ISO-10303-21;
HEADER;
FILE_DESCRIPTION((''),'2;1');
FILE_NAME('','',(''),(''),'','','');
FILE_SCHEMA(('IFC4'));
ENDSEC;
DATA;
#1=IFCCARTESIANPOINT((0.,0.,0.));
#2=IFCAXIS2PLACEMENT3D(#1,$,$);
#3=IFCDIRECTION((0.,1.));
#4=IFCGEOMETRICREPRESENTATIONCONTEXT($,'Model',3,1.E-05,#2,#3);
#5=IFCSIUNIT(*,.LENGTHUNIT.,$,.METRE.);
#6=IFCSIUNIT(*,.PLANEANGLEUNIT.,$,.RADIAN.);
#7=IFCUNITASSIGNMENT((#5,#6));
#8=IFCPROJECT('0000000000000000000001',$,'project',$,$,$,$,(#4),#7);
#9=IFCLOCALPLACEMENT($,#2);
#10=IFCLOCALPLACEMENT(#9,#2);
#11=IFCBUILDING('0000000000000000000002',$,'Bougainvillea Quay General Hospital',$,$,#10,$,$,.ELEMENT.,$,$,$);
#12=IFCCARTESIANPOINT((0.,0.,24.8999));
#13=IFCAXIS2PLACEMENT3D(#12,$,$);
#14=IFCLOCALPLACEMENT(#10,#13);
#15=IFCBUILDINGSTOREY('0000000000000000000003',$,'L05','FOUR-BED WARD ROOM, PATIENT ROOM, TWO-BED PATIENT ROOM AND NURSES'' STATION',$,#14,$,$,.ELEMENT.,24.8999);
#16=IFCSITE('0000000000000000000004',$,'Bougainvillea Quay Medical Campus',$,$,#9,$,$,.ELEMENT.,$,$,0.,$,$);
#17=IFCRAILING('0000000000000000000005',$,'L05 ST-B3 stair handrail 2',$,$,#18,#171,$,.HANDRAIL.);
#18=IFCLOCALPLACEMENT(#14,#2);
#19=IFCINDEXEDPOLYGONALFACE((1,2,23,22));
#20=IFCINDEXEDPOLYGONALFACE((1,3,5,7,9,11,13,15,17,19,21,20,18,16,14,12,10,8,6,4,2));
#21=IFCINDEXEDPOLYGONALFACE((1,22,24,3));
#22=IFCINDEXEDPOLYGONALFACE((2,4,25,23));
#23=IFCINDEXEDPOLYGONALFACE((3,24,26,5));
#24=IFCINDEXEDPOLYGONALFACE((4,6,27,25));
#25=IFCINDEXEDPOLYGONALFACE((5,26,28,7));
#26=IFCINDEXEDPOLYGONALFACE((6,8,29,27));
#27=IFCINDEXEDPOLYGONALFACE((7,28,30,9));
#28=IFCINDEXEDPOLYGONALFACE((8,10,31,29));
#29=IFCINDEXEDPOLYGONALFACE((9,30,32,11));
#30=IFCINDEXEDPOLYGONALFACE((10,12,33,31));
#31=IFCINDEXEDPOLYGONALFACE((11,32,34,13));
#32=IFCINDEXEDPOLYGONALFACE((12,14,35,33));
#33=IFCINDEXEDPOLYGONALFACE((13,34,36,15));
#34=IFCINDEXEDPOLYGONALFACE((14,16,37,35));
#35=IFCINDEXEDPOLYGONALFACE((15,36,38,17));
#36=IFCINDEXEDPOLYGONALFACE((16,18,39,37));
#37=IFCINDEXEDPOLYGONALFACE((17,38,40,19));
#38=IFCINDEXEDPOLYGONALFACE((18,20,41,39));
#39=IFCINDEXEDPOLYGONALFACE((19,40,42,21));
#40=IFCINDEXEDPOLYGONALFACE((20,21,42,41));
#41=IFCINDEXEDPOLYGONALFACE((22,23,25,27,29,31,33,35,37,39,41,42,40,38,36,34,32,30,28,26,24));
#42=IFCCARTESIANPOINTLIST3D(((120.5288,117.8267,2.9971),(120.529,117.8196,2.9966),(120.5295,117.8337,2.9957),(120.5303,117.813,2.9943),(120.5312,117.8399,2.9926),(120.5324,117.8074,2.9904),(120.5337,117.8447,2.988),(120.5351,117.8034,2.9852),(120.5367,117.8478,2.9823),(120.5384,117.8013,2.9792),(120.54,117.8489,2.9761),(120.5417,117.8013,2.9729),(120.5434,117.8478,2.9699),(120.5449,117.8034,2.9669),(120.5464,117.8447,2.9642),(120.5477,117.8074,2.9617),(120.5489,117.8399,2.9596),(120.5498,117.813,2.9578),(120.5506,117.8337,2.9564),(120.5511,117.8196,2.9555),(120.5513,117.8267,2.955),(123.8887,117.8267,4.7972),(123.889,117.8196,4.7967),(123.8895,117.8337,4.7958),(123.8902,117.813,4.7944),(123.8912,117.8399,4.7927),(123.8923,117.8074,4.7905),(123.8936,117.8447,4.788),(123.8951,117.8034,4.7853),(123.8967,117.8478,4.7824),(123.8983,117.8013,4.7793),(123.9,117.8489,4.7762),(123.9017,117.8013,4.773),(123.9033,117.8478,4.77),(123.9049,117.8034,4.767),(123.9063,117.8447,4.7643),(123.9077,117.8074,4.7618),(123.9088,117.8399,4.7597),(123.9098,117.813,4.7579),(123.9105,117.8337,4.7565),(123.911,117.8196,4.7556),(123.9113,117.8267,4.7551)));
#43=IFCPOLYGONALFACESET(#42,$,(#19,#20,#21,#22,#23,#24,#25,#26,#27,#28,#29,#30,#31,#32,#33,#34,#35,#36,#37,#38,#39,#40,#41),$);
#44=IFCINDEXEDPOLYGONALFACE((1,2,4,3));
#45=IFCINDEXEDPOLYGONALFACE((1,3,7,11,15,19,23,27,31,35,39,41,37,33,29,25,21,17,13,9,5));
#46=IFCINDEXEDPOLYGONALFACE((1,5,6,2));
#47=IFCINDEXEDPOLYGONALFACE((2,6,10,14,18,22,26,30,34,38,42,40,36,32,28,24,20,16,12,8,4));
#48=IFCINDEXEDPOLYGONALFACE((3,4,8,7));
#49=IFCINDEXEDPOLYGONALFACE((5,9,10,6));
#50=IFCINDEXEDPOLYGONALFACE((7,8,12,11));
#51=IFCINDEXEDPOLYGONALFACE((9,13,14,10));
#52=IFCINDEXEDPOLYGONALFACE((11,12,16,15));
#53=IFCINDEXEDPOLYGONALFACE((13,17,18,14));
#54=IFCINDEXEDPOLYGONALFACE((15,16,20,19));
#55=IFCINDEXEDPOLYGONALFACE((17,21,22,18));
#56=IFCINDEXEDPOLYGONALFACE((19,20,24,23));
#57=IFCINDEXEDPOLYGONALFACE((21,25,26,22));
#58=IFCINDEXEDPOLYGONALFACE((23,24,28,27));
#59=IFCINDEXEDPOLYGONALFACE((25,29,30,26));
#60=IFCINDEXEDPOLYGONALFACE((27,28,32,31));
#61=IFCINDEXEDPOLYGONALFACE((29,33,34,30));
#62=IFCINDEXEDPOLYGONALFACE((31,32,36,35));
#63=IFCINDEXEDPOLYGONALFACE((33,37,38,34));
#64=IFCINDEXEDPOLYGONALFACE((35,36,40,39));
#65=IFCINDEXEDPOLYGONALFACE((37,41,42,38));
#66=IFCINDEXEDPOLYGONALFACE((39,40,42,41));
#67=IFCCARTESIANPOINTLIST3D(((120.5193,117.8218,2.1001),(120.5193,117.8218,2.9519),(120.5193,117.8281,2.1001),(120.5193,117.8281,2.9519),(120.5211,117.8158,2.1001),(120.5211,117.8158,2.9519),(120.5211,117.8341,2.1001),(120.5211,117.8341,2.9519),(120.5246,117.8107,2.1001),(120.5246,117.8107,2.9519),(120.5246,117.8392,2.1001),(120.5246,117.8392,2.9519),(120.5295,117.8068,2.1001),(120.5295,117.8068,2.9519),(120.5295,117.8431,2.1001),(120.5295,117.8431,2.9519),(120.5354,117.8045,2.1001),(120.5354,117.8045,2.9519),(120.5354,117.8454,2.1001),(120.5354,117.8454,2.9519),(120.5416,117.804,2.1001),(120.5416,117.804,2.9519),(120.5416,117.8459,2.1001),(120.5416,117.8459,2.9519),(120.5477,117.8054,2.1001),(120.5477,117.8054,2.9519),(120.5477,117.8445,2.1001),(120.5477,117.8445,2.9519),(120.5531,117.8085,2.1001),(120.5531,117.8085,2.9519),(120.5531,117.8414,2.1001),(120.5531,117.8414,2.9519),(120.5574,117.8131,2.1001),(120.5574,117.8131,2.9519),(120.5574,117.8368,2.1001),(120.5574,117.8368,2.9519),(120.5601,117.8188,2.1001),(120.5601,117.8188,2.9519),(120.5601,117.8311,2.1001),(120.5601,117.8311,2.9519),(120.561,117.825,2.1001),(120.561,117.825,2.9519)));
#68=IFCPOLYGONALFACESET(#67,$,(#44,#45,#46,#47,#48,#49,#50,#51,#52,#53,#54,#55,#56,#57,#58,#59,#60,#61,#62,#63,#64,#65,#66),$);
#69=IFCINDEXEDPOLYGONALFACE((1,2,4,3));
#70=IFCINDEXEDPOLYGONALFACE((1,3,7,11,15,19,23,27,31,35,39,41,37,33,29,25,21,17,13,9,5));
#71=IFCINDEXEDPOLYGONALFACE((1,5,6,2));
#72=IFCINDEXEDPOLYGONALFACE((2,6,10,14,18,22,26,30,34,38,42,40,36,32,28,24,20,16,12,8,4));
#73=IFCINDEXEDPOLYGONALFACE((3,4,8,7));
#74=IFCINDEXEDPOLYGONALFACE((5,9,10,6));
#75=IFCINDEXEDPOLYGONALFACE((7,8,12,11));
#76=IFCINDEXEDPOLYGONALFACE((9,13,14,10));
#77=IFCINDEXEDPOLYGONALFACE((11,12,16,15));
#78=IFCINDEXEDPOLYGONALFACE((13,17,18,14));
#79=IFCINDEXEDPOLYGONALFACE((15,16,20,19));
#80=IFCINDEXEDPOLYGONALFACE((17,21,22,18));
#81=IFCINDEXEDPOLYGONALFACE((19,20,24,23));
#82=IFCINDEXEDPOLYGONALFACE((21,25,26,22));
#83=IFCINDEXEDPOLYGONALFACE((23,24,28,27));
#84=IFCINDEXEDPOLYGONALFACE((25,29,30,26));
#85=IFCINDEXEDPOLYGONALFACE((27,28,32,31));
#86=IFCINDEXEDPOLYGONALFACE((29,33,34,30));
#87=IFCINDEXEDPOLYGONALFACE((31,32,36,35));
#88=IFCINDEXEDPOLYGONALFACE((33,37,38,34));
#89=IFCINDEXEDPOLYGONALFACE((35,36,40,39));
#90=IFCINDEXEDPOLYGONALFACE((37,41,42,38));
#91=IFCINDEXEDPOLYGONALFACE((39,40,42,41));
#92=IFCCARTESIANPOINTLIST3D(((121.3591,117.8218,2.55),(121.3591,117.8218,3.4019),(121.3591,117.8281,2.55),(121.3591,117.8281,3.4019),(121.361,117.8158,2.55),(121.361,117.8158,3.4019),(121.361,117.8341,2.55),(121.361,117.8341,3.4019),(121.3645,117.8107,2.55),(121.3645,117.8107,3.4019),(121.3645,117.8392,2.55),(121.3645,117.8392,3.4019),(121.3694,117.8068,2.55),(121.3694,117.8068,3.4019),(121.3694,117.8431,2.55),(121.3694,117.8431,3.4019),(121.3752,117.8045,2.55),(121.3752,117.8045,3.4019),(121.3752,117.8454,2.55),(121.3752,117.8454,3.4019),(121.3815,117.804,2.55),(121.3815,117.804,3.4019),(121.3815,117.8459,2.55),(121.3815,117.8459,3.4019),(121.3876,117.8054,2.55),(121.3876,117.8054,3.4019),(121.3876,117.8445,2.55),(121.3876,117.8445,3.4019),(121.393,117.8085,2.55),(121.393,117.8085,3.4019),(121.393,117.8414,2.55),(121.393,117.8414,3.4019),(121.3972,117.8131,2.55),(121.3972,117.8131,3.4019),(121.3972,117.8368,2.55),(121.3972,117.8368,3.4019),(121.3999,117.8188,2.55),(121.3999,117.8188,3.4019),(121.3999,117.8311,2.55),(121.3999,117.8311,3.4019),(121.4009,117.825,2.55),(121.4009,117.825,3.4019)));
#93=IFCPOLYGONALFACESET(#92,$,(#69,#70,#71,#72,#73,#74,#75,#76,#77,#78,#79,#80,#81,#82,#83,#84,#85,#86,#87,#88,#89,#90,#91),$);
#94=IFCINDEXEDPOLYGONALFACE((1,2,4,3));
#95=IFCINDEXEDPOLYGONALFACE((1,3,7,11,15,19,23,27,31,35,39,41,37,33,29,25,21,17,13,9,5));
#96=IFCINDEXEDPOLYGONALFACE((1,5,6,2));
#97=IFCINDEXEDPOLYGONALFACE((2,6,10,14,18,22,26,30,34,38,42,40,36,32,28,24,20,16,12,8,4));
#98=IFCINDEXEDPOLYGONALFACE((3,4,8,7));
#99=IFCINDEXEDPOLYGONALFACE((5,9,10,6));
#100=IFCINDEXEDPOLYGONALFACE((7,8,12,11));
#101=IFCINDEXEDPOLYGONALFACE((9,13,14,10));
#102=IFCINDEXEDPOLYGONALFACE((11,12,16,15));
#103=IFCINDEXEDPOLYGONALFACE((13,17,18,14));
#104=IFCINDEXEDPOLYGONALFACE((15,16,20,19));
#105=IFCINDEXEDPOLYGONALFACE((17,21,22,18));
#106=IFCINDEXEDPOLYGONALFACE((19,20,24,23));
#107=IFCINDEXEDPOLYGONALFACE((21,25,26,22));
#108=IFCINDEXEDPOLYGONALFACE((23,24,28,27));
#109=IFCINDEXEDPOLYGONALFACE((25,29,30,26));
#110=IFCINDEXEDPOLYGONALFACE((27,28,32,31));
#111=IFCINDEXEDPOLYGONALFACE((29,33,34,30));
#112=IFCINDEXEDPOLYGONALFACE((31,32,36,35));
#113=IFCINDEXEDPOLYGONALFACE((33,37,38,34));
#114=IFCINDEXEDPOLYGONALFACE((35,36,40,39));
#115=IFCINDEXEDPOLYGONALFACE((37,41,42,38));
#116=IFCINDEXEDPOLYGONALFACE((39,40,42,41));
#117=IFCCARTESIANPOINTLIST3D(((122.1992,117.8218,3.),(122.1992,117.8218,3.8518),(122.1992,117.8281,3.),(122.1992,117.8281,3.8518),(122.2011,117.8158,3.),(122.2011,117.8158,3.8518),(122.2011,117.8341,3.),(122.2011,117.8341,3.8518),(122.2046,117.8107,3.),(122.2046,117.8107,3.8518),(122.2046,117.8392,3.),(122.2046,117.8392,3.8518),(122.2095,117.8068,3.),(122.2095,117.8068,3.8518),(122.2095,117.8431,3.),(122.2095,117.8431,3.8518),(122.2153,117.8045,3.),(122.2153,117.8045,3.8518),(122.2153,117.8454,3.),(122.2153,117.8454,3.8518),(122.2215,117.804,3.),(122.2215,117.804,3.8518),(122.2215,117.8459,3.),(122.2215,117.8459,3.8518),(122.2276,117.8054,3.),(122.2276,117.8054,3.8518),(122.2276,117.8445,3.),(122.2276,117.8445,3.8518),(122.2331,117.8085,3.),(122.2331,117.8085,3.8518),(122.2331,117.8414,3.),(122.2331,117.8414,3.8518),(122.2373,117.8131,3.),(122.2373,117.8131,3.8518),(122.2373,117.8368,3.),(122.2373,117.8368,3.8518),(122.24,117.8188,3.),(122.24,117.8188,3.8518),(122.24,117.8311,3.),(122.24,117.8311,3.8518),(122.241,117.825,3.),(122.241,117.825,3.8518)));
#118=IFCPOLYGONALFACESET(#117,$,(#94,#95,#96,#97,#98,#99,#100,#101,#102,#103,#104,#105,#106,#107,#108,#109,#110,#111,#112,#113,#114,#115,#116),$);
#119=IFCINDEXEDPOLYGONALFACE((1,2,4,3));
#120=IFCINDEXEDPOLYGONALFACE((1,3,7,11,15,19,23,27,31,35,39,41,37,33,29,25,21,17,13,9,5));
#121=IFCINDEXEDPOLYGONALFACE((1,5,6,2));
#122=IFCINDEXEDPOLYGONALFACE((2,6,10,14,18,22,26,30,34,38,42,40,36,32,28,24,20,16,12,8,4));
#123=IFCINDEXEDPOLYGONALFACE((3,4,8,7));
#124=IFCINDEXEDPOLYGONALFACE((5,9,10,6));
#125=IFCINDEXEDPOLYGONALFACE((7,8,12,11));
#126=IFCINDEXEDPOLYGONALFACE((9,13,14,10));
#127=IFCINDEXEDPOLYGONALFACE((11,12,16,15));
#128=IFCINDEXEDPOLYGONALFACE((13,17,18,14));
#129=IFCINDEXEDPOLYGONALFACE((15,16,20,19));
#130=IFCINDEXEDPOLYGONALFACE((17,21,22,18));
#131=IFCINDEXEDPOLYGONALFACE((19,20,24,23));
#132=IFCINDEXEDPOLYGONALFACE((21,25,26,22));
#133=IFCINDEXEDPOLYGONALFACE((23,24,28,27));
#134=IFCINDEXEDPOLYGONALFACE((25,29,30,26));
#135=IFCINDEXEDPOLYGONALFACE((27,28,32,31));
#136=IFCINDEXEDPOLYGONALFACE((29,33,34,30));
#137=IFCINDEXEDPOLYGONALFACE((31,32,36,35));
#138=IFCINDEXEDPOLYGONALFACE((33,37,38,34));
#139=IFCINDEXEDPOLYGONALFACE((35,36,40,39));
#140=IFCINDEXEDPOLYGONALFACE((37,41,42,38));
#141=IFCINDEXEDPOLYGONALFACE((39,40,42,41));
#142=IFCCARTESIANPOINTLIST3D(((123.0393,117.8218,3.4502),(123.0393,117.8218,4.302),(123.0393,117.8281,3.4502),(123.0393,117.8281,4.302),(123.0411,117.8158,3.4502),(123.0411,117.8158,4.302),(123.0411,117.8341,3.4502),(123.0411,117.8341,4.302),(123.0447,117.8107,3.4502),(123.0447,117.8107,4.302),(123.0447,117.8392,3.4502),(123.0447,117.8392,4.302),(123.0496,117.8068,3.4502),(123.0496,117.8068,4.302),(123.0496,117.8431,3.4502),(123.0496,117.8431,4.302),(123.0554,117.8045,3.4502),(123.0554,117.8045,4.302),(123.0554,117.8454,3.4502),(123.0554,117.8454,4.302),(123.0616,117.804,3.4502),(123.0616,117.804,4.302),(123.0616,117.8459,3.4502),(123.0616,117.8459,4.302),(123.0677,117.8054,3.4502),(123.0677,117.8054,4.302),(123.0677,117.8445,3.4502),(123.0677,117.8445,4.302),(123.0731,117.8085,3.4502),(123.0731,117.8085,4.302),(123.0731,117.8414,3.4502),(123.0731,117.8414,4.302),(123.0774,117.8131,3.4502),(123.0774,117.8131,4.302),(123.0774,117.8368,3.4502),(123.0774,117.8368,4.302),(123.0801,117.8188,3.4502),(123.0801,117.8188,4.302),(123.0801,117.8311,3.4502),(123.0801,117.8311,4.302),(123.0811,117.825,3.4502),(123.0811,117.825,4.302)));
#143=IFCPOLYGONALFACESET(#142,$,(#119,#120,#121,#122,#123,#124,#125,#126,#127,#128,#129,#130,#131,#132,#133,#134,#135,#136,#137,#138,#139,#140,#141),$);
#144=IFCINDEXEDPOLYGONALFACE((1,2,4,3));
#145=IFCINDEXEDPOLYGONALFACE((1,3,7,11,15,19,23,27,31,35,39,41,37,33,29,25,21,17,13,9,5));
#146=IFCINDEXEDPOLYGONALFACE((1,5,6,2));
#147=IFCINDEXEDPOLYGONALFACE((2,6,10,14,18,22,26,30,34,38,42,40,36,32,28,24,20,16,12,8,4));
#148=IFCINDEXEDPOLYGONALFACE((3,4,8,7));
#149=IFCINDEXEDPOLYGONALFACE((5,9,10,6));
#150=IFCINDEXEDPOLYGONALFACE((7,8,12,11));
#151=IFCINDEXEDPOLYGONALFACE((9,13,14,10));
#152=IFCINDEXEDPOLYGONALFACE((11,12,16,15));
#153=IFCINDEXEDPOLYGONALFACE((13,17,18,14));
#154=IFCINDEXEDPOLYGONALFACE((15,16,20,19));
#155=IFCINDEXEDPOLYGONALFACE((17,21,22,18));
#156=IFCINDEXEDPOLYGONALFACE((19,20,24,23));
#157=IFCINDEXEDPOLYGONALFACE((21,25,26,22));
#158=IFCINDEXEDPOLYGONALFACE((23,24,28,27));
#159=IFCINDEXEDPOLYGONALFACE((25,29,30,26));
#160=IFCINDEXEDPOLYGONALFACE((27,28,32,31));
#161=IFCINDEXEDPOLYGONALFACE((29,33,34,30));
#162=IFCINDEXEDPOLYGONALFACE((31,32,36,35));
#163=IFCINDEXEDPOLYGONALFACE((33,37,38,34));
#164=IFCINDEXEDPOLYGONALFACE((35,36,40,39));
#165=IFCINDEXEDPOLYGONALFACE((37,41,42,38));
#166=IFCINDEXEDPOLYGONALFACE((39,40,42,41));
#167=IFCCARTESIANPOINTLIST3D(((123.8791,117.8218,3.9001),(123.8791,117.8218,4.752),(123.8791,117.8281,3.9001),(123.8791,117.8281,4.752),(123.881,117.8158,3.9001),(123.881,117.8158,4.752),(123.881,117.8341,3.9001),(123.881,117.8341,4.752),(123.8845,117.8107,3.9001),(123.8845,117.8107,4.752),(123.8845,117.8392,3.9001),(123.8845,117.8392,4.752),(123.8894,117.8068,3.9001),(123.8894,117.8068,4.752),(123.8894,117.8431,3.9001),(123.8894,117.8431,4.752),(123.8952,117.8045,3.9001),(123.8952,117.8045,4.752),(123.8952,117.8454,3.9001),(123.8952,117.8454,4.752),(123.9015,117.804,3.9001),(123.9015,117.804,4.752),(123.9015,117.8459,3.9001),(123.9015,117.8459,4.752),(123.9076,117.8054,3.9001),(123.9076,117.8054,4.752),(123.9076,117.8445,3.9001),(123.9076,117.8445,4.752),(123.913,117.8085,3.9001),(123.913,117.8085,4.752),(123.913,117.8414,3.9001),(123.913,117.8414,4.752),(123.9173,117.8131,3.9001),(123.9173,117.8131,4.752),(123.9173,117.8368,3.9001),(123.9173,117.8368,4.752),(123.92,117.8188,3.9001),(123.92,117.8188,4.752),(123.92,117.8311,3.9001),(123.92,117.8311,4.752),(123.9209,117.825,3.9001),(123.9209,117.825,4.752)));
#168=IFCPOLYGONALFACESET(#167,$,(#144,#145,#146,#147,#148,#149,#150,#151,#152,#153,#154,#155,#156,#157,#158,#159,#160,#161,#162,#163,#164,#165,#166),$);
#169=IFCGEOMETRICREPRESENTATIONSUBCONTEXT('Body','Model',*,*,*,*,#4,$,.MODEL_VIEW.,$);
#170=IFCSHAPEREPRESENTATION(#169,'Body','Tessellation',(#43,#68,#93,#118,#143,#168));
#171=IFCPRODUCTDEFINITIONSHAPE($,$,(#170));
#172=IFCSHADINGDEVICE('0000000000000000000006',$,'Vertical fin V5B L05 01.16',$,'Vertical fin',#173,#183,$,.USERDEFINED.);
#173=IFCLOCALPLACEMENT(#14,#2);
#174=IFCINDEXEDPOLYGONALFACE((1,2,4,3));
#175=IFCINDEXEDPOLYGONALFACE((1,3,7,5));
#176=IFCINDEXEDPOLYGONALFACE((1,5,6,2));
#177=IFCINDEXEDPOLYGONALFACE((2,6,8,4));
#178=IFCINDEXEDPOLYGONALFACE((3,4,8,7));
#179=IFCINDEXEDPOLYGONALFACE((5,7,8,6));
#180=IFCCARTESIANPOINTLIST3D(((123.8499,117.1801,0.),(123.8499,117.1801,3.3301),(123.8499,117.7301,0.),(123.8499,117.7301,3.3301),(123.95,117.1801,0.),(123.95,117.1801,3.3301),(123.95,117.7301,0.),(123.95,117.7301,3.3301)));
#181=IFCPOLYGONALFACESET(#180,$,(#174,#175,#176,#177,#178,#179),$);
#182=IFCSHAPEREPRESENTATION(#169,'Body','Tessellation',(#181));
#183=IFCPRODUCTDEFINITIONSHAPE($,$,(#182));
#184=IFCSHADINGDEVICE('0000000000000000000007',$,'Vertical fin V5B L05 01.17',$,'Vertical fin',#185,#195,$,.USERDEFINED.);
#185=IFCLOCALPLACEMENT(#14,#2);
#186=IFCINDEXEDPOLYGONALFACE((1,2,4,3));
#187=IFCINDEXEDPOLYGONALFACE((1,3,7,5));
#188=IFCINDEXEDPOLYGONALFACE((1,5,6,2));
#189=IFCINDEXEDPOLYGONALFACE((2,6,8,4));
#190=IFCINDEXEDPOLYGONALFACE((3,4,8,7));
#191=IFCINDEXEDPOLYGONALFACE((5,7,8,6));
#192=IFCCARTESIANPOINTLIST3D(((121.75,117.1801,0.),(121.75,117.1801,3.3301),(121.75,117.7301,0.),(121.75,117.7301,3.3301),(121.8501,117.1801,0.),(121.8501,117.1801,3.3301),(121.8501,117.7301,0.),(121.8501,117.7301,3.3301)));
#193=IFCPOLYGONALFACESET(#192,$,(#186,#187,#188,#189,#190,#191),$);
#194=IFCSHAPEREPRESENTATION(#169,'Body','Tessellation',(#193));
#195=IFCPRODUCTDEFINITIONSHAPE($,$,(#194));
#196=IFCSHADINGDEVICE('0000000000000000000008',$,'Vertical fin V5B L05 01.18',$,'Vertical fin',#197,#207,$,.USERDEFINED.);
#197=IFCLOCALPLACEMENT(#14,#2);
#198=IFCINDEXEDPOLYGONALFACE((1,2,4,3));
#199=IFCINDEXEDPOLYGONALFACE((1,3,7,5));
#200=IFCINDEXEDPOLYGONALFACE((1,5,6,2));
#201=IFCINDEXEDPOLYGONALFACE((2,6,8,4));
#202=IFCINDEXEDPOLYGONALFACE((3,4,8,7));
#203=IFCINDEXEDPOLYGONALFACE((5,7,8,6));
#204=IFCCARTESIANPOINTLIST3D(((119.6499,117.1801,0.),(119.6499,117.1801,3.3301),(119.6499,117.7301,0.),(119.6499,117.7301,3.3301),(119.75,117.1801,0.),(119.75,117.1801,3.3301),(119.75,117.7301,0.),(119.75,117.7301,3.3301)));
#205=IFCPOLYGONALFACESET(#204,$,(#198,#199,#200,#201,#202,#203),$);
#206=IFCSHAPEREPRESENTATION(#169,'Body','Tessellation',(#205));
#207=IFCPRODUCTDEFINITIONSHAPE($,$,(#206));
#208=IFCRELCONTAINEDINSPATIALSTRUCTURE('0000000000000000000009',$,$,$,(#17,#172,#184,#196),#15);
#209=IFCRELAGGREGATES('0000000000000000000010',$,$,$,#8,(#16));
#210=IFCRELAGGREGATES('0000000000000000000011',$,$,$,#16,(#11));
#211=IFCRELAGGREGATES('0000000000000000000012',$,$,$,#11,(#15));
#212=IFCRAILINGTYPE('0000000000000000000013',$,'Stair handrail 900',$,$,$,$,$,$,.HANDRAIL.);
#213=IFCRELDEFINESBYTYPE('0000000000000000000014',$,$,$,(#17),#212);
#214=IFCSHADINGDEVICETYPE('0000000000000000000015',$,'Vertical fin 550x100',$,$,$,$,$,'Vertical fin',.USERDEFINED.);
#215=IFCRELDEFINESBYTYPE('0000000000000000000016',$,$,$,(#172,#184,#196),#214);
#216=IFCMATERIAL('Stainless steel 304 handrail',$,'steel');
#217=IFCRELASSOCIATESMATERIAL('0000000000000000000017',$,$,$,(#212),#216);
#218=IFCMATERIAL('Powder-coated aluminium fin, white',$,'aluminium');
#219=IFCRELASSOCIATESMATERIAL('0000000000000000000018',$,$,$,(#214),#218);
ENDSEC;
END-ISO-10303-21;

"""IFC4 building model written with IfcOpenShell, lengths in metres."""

from ifc_helpers import new_model, si_unit, direction, frame, origin, origin_2d, place, context, subcontext, project, spatial, rectangle, circle, extrude, material, material_profile, profile_set, type_object, element, save


model = new_model("IFC4")

# Units and contexts
model_context = context("Model", 3, precision=1e-05, world=origin(), true_north=direction((0.0, 1.0)))
body_context = subcontext(model_context, "Body", "Model", "MODEL_VIEW")
ifc_project = project(units=[si_unit("LENGTHUNIT", "METRE"), si_unit("PLANEANGLEUNIT", "RADIAN")], contexts=[model_context])

# Site, building, storey
site_placement = place(None, origin())
site = spatial("IfcSite", under=ifc_project, at=site_placement, Name="Bougainvillea Quay Medical Campus", CompositionType="ELEMENT", RefElevation=0.0)
building_placement = place(site_placement, origin())
building = spatial("IfcBuilding", under=site, at=building_placement, Name="Bougainvillea Quay General Hospital", CompositionType="ELEMENT")
storey_placement = place(building_placement, frame((0.0, 0.0, 24.8999)))
storey = spatial("IfcBuildingStorey", under=building, at=storey_placement, Name="L05", Description="FOUR-BED WARD ROOM, PATIENT ROOM, TWO-BED PATIENT ROOM AND NURSES' STATION", CompositionType="ELEMENT", Elevation=24.8999)

# Railing
ifc_material_1 = material(Name="Stainless steel 304 handrail", Category="steel")
railing_type_1 = type_object("IfcRailingType", Name="Stair handrail 900", PredefinedType="HANDRAIL", material=ifc_material_1)
railing_1_placement = place(storey_placement, frame((120.54, 117.825, 2.1001)))
element("IfcRailing", 1, at=railing_1_placement, inside=storey, type_object=railing_type_1, Name="L05 ST-B3 stair handrail 2", PredefinedType="HANDRAIL", context=body_context, shape_type="SweptSolid", body=[
    extrude(circle(Radius=0.0239, at=origin_2d()), frame((0.0, 0.0, 0.876), z_axis=(0.881467, 0.0, 0.472246), x_axis=(0.0, 1.0, 0.0)), (0.0, 0.0, 1.0), 3.8118),
    extrude(circle(Radius=0.021, at=origin_2d()), origin(), (0.0, 0.0, 1.0), 0.8518),
    extrude(circle(Radius=0.021, at=origin_2d()), frame((0.8398, 0.0, 0.45)), (0.0, 0.0, 1.0), 0.8518),
    extrude(circle(Radius=0.021, at=origin_2d()), frame((1.6799, 0.0, 0.8999)), (0.0, 0.0, 1.0), 0.8518),
    extrude(circle(Radius=0.021, at=origin_2d()), frame((2.52, 0.0, 1.3501)), (0.0, 0.0, 1.0), 0.8518),
    extrude(circle(Radius=0.021, at=origin_2d()), frame((3.3599, 0.0, 1.8)), (0.0, 0.0, 1.0), 0.8518),
])

# Shading devices
ifc_material_2 = material(Name="Powder-coated aluminium fin, white", Category="aluminium")
ifc_material_profile_1 = material_profile(ifc_material_2, rectangle(XDim=0.55, YDim=0.1001, at=origin_2d()))
ifc_profile_set_1 = profile_set([ifc_material_profile_1], Name="Powder-coated aluminium fin, white")
shading_device_type = type_object("IfcShadingDeviceType", Name="Vertical fin 550x100", ElementType="Vertical fin", PredefinedType="USERDEFINED", material=ifc_profile_set_1)
for number, where, z_axis, x_axis, name in (
    (2, (123.8999, 117.4551, 0.0), (0.0, 0.0, 1.0), (0.0, -1.0, 0.0), "Vertical fin V5B L05 01.16"),
    (3, (121.8, 117.4551, 0.0), (0.0, 0.0, 1.0), (0.0, -1.0, 0.0), "Vertical fin V5B L05 01.17"),
    (4, (119.7, 117.4551, 0.0), (0.0, 0.0, 1.0), (0.0, -1.0, 0.0), "Vertical fin V5B L05 01.18"),
):
    element("IfcShadingDevice", number, at=place(storey_placement, frame(where, z_axis=z_axis, x_axis=x_axis)), inside=storey, type_object=shading_device_type, Name=name, ObjectType="Vertical fin", PredefinedType="USERDEFINED", context=body_context, shape_type="SweptSolid", body=[
        extrude(rectangle(XDim=0.55, YDim=0.1001, at=origin_2d()), origin(), (0.0, 0.0, 1.0), 3.3301),
    ])

save(model, "model.ifc")
